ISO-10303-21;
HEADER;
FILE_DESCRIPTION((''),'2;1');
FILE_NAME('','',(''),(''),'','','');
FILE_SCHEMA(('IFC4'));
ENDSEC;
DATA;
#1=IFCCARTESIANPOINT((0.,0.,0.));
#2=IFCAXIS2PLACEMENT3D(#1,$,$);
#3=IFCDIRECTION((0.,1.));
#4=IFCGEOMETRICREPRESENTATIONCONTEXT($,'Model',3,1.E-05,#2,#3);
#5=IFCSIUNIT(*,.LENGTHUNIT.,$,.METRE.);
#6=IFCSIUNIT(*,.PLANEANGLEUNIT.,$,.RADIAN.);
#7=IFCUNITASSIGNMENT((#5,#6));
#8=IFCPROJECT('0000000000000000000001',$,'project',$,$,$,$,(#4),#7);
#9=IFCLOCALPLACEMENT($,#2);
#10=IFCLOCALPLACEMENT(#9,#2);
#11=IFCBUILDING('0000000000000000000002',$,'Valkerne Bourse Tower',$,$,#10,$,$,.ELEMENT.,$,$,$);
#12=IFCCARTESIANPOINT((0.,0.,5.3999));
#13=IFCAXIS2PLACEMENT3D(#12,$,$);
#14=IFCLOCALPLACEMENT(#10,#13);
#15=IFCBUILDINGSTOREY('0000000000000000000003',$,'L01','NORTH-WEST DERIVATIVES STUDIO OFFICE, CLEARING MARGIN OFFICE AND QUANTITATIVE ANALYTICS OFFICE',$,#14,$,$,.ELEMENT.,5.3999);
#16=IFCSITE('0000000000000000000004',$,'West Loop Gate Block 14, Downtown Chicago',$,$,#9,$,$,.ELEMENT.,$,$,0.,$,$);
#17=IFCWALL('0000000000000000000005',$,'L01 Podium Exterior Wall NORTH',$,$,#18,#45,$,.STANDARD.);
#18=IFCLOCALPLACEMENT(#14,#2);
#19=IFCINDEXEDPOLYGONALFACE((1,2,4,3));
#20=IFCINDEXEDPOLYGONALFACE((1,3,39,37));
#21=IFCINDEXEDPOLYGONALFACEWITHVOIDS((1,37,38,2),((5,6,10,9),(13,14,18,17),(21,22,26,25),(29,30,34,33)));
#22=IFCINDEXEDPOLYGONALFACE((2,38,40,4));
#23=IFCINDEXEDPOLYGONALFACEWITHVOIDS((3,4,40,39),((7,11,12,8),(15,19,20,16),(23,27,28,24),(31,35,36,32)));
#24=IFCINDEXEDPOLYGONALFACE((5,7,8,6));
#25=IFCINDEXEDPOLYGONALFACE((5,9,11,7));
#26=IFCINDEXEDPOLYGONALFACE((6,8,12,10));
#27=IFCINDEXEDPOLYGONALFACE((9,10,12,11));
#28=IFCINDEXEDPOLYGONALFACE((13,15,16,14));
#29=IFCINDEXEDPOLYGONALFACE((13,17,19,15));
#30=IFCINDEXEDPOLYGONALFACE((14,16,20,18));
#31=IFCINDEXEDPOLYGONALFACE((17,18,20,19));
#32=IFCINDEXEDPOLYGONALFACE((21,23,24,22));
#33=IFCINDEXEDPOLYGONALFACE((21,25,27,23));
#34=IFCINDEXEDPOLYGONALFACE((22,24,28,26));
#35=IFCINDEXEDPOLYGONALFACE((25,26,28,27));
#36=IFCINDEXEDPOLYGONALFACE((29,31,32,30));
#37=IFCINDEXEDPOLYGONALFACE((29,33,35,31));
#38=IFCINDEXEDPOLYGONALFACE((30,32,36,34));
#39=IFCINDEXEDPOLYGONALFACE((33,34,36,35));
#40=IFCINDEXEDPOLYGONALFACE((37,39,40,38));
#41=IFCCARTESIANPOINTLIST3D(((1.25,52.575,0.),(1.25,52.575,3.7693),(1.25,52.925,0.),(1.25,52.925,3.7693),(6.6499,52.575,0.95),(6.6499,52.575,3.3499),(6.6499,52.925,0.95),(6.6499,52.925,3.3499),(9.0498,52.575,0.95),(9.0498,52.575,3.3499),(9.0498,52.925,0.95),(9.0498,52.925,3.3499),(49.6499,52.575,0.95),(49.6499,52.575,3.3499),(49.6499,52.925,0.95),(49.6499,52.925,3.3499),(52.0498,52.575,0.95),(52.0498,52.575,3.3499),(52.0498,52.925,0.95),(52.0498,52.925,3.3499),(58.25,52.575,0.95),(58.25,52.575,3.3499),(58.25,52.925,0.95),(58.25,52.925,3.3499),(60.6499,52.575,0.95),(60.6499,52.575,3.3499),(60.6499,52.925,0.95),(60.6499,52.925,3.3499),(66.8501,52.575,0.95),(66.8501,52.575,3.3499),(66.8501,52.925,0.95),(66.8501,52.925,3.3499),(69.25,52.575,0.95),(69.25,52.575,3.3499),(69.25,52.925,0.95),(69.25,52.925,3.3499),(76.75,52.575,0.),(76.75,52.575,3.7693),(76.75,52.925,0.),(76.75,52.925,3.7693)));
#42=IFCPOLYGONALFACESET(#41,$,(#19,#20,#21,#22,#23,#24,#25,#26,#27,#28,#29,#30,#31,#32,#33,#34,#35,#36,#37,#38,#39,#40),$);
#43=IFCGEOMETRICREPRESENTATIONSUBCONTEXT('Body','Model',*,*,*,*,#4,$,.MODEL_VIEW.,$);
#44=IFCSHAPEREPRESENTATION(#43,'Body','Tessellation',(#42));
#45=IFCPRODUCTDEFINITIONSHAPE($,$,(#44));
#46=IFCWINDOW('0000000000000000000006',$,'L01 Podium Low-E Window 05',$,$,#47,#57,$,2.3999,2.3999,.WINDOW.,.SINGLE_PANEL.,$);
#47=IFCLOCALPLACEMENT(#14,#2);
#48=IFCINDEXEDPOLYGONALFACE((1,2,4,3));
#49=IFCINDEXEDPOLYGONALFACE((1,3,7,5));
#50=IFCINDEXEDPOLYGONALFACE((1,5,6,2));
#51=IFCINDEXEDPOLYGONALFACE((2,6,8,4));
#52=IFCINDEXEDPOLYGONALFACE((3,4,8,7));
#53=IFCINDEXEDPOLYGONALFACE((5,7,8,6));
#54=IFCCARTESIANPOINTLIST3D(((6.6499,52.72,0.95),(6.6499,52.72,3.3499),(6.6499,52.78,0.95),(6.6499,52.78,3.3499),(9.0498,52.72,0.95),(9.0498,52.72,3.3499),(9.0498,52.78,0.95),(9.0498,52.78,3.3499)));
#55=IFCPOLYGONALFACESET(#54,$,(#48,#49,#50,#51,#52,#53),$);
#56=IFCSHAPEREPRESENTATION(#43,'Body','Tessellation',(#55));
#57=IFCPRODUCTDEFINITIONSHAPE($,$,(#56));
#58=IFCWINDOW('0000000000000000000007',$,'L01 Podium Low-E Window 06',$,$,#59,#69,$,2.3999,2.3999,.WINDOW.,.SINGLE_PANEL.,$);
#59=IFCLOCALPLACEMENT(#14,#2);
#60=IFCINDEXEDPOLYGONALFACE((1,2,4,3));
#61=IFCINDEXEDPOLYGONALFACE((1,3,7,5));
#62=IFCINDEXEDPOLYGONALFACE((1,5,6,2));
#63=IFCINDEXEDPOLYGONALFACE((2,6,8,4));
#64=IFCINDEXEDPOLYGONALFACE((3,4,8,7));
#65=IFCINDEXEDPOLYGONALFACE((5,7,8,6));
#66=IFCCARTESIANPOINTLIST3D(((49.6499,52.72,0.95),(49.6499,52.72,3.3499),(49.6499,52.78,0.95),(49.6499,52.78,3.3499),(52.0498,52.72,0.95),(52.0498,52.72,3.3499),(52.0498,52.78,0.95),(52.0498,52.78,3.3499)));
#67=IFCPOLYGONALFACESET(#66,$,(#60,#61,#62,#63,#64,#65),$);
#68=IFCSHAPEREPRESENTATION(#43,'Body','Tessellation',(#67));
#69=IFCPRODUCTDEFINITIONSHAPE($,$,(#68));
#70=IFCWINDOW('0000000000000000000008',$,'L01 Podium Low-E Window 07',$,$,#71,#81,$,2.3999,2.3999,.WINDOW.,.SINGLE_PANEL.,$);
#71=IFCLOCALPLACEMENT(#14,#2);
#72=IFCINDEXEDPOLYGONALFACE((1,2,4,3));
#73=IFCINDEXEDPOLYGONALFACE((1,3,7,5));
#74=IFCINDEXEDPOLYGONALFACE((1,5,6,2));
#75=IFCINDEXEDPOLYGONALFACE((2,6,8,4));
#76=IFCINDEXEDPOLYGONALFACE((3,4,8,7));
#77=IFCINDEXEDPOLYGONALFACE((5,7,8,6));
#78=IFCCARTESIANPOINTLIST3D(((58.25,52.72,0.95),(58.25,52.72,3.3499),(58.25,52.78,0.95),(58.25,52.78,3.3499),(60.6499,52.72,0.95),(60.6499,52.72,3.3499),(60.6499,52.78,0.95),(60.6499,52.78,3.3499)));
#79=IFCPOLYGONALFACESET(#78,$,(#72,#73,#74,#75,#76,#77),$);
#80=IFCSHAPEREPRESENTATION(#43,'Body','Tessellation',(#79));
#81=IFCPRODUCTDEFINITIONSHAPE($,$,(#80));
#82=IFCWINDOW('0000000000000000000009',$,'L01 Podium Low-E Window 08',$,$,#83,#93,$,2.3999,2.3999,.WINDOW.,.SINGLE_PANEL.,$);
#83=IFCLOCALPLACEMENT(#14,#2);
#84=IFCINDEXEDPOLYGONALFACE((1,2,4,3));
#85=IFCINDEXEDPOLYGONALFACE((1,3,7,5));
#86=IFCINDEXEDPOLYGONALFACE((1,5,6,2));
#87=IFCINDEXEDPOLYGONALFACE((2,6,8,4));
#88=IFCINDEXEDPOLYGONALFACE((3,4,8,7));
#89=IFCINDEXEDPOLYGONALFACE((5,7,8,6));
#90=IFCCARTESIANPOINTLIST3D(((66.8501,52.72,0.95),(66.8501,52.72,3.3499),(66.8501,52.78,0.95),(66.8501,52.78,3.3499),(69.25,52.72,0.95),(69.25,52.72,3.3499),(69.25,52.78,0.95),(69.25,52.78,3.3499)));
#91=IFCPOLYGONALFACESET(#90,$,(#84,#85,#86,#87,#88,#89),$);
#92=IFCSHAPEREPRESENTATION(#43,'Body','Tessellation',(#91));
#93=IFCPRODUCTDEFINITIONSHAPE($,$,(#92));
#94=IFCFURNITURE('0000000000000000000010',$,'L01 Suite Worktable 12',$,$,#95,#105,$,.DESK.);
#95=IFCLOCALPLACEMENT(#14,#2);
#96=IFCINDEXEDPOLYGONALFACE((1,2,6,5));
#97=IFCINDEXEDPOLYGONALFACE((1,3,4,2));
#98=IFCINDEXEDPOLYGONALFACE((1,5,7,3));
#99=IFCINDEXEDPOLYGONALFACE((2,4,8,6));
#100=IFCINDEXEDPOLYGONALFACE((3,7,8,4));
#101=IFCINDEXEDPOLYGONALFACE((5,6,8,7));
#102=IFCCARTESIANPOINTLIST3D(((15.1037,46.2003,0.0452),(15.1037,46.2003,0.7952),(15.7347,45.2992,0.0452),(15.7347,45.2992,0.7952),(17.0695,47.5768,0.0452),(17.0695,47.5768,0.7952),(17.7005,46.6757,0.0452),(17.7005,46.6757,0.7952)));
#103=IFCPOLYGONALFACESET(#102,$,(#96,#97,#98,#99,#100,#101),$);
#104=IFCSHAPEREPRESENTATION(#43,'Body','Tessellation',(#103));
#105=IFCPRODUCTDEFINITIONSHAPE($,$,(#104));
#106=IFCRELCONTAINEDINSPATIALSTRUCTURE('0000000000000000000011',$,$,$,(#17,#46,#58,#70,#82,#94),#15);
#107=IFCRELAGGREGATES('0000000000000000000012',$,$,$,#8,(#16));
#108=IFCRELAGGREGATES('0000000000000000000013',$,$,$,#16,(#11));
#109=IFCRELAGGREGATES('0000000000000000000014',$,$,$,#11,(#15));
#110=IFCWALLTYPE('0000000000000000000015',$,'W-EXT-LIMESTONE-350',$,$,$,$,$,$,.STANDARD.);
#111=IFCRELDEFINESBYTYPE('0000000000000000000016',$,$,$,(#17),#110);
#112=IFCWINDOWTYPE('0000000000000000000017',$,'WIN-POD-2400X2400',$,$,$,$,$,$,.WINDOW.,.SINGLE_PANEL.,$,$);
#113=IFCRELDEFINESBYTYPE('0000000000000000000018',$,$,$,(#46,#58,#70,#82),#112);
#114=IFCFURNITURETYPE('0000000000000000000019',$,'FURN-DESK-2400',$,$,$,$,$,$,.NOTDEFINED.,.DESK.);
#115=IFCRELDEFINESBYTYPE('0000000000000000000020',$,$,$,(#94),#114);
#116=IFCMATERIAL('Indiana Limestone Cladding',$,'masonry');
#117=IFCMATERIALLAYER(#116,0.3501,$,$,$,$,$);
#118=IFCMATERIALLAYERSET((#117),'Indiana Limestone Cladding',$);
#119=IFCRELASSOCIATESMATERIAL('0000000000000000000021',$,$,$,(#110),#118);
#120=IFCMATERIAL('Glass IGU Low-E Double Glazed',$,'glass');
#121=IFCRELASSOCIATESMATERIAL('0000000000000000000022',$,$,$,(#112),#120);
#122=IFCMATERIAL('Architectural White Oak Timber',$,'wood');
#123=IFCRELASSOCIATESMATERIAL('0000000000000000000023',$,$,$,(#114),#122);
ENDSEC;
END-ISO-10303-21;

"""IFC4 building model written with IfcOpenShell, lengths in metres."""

from ifc_helpers import new_model, si_unit, direction, frame, frame_2d, origin, origin_2d, place, context, subcontext, project, spatial, rectangle, extrude, material, layer, layer_set, type_object, element, fill, save


model = new_model("IFC4")

# Units and contexts
model_context = context("Model", 3, precision=1e-05, world=origin(), true_north=direction((0.0, 1.0)))
body_context = subcontext(model_context, "Body", "Model", "MODEL_VIEW")
ifc_project = project(units=[si_unit("LENGTHUNIT", "METRE"), si_unit("PLANEANGLEUNIT", "RADIAN")], contexts=[model_context])

# Site, building, storey
site_placement = place(None, origin())
site = spatial("IfcSite", under=ifc_project, at=site_placement, Name="West Loop Gate Block 14, Downtown Chicago", CompositionType="ELEMENT", RefElevation=0.0)
building_placement = place(site_placement, origin())
building = spatial("IfcBuilding", under=site, at=building_placement, Name="Valkerne Bourse Tower", CompositionType="ELEMENT")
storey_placement = place(building_placement, frame((0.0, 0.0, 5.3999)))
storey = spatial("IfcBuildingStorey", under=building, at=storey_placement, Name="L01", Description="NORTH-WEST DERIVATIVES STUDIO OFFICE, CLEARING MARGIN OFFICE AND QUANTITATIVE ANALYTICS OFFICE", CompositionType="ELEMENT", Elevation=5.3999)

# Wall, openings, windows
ifc_material_1 = material(Name="Indiana Limestone Cladding", Category="masonry")
ifc_layer_1 = layer(ifc_material_1, 0.3501)
ifc_layer_set_1 = layer_set([ifc_layer_1], Name="Indiana Limestone Cladding")
wall_type_1 = type_object("IfcWallType", Name="W-EXT-LIMESTONE-350", PredefinedType="STANDARD", material=ifc_layer_set_1)
wall_1_placement = place(storey_placement, frame((1.25, 52.75, 0.0), z_axis=(0.0, 0.0, 1.0), x_axis=(1.0, 0.0, 0.0)))
wall_1 = element("IfcWall", 1, at=wall_1_placement, inside=storey, type_object=wall_type_1, Name="L01 Podium Exterior Wall NORTH", PredefinedType="STANDARD", context=body_context, shape_type="SweptSolid", body=[
    extrude(rectangle(XDim=75.5, YDim=0.3501, at=frame_2d((37.75, 0.0))), origin(), (0.0, 0.0, 1.0), 3.7693),
])
opening_1_placement = place(wall_1_placement, frame((5.3999, 0.0, 0.95)))
opening_1 = element("IfcOpeningElement", 2, at=opening_1_placement, cuts=wall_1, PredefinedType="OPENING", context=body_context, shape_type="SweptSolid", body=[
    extrude(rectangle(XDim=2.3999, YDim=2.3999, at=frame_2d((1.2, 1.2))), frame((0.0, 0.1851, 0.0), z_axis=(0.0, -1.0, 0.0), x_axis=(1.0, 0.0, 0.0)), (0.0, 0.0, 1.0), 0.3701),
])
opening_2_placement = place(wall_1_placement, frame((48.3999, 0.0, 0.95)))
opening_2 = element("IfcOpeningElement", 3, at=opening_2_placement, cuts=wall_1, PredefinedType="OPENING", context=body_context, shape_type="SweptSolid", body=[
    extrude(rectangle(XDim=2.3999, YDim=2.3999, at=frame_2d((1.2, 1.2))), frame((0.0, 0.1851, 0.0), z_axis=(0.0, -1.0, 0.0), x_axis=(1.0, 0.0, 0.0)), (0.0, 0.0, 1.0), 0.3701),
])
opening_3_placement = place(wall_1_placement, frame((57.0, 0.0, 0.95)))
opening_3 = element("IfcOpeningElement", 4, at=opening_3_placement, cuts=wall_1, PredefinedType="OPENING", context=body_context, shape_type="SweptSolid", body=[
    extrude(rectangle(XDim=2.3999, YDim=2.3999, at=frame_2d((1.2, 1.2))), frame((0.0, 0.1851, 0.0), z_axis=(0.0, -1.0, 0.0), x_axis=(1.0, 0.0, 0.0)), (0.0, 0.0, 1.0), 0.3701),
])
opening_4_placement = place(wall_1_placement, frame((65.6001, 0.0, 0.95)))
opening_4 = element("IfcOpeningElement", 5, at=opening_4_placement, cuts=wall_1, PredefinedType="OPENING", context=body_context, shape_type="SweptSolid", body=[
    extrude(rectangle(XDim=2.3999, YDim=2.3999, at=frame_2d((1.2, 1.2))), frame((0.0, 0.1851, 0.0), z_axis=(0.0, -1.0, 0.0), x_axis=(1.0, 0.0, 0.0)), (0.0, 0.0, 1.0), 0.3701),
])
ifc_material_2 = material(Name="Glass IGU Low-E Double Glazed", Category="glass")
window_type = type_object("IfcWindowType", Name="WIN-POD-2400X2400", PartitioningType="SINGLE_PANEL", PredefinedType="WINDOW", material=ifc_material_2)
window_1_placement = place(opening_1_placement, origin())
window_1 = element("IfcWindow", 6, at=window_1_placement, inside=storey, type_object=window_type, Name="L01 Podium Low-E Window 05", OverallHeight=2.3999, OverallWidth=2.3999, PartitioningType="SINGLE_PANEL", PredefinedType="WINDOW", context=body_context, shape_type="SweptSolid", body=[
    extrude(rectangle(XDim=2.3999, YDim=2.3999, at=frame_2d((1.2, 1.2))), frame((0.0, 0.03, 0.0), z_axis=(0.0, -1.0, 0.0), x_axis=(1.0, 0.0, 0.0)), (0.0, 0.0, 1.0), 0.0601),
])
fill(opening_1, window_1)
window_2_placement = place(opening_2_placement, origin())
window_2 = element("IfcWindow", 7, at=window_2_placement, inside=storey, type_object=window_type, Name="L01 Podium Low-E Window 06", OverallHeight=2.3999, OverallWidth=2.3999, PartitioningType="SINGLE_PANEL", PredefinedType="WINDOW", context=body_context, shape_type="SweptSolid", body=[
    extrude(rectangle(XDim=2.3999, YDim=2.3999, at=frame_2d((1.2, 1.2))), frame((0.0, 0.03, 0.0), z_axis=(0.0, -1.0, 0.0), x_axis=(1.0, 0.0, 0.0)), (0.0, 0.0, 1.0), 0.0601),
])
fill(opening_2, window_2)
window_3_placement = place(opening_3_placement, origin())
window_3 = element("IfcWindow", 8, at=window_3_placement, inside=storey, type_object=window_type, Name="L01 Podium Low-E Window 07", OverallHeight=2.3999, OverallWidth=2.3999, PartitioningType="SINGLE_PANEL", PredefinedType="WINDOW", context=body_context, shape_type="SweptSolid", body=[
    extrude(rectangle(XDim=2.3999, YDim=2.3999, at=frame_2d((1.2, 1.2))), frame((0.0, 0.03, 0.0), z_axis=(0.0, -1.0, 0.0), x_axis=(1.0, 0.0, 0.0)), (0.0, 0.0, 1.0), 0.0601),
])
fill(opening_3, window_3)
window_4_placement = place(opening_4_placement, origin())
window_4 = element("IfcWindow", 9, at=window_4_placement, inside=storey, type_object=window_type, Name="L01 Podium Low-E Window 08", OverallHeight=2.3999, OverallWidth=2.3999, PartitioningType="SINGLE_PANEL", PredefinedType="WINDOW", context=body_context, shape_type="SweptSolid", body=[
    extrude(rectangle(XDim=2.3999, YDim=2.3999, at=frame_2d((1.2, 1.2))), frame((0.0, 0.03, 0.0), z_axis=(0.0, -1.0, 0.0), x_axis=(1.0, 0.0, 0.0)), (0.0, 0.0, 1.0), 0.0601),
])
fill(opening_4, window_4)

# Furniture
ifc_material_3 = material(Name="Architectural White Oak Timber", Category="wood")
furniture_type = type_object("IfcFurnitureType", Name="FURN-DESK-2400", AssemblyPlace="NOTDEFINED", PredefinedType="DESK", material=ifc_material_3)
furniture_placement = place(storey_placement, frame((16.4021, 46.438, 0.0452), z_axis=(0.0, 0.0, 1.0), x_axis=(0.819152, 0.573576, 0.0)))
element("IfcFurniture", 10, at=furniture_placement, inside=storey, type_object=furniture_type, Name="L01 Suite Worktable 12", PredefinedType="DESK", context=body_context, shape_type="SweptSolid", body=[
    extrude(rectangle(XDim=2.3999, YDim=1.1001, at=origin_2d()), origin(), (0.0, 0.0, 1.0), 0.75),
])

save(model, "model.ifc")
